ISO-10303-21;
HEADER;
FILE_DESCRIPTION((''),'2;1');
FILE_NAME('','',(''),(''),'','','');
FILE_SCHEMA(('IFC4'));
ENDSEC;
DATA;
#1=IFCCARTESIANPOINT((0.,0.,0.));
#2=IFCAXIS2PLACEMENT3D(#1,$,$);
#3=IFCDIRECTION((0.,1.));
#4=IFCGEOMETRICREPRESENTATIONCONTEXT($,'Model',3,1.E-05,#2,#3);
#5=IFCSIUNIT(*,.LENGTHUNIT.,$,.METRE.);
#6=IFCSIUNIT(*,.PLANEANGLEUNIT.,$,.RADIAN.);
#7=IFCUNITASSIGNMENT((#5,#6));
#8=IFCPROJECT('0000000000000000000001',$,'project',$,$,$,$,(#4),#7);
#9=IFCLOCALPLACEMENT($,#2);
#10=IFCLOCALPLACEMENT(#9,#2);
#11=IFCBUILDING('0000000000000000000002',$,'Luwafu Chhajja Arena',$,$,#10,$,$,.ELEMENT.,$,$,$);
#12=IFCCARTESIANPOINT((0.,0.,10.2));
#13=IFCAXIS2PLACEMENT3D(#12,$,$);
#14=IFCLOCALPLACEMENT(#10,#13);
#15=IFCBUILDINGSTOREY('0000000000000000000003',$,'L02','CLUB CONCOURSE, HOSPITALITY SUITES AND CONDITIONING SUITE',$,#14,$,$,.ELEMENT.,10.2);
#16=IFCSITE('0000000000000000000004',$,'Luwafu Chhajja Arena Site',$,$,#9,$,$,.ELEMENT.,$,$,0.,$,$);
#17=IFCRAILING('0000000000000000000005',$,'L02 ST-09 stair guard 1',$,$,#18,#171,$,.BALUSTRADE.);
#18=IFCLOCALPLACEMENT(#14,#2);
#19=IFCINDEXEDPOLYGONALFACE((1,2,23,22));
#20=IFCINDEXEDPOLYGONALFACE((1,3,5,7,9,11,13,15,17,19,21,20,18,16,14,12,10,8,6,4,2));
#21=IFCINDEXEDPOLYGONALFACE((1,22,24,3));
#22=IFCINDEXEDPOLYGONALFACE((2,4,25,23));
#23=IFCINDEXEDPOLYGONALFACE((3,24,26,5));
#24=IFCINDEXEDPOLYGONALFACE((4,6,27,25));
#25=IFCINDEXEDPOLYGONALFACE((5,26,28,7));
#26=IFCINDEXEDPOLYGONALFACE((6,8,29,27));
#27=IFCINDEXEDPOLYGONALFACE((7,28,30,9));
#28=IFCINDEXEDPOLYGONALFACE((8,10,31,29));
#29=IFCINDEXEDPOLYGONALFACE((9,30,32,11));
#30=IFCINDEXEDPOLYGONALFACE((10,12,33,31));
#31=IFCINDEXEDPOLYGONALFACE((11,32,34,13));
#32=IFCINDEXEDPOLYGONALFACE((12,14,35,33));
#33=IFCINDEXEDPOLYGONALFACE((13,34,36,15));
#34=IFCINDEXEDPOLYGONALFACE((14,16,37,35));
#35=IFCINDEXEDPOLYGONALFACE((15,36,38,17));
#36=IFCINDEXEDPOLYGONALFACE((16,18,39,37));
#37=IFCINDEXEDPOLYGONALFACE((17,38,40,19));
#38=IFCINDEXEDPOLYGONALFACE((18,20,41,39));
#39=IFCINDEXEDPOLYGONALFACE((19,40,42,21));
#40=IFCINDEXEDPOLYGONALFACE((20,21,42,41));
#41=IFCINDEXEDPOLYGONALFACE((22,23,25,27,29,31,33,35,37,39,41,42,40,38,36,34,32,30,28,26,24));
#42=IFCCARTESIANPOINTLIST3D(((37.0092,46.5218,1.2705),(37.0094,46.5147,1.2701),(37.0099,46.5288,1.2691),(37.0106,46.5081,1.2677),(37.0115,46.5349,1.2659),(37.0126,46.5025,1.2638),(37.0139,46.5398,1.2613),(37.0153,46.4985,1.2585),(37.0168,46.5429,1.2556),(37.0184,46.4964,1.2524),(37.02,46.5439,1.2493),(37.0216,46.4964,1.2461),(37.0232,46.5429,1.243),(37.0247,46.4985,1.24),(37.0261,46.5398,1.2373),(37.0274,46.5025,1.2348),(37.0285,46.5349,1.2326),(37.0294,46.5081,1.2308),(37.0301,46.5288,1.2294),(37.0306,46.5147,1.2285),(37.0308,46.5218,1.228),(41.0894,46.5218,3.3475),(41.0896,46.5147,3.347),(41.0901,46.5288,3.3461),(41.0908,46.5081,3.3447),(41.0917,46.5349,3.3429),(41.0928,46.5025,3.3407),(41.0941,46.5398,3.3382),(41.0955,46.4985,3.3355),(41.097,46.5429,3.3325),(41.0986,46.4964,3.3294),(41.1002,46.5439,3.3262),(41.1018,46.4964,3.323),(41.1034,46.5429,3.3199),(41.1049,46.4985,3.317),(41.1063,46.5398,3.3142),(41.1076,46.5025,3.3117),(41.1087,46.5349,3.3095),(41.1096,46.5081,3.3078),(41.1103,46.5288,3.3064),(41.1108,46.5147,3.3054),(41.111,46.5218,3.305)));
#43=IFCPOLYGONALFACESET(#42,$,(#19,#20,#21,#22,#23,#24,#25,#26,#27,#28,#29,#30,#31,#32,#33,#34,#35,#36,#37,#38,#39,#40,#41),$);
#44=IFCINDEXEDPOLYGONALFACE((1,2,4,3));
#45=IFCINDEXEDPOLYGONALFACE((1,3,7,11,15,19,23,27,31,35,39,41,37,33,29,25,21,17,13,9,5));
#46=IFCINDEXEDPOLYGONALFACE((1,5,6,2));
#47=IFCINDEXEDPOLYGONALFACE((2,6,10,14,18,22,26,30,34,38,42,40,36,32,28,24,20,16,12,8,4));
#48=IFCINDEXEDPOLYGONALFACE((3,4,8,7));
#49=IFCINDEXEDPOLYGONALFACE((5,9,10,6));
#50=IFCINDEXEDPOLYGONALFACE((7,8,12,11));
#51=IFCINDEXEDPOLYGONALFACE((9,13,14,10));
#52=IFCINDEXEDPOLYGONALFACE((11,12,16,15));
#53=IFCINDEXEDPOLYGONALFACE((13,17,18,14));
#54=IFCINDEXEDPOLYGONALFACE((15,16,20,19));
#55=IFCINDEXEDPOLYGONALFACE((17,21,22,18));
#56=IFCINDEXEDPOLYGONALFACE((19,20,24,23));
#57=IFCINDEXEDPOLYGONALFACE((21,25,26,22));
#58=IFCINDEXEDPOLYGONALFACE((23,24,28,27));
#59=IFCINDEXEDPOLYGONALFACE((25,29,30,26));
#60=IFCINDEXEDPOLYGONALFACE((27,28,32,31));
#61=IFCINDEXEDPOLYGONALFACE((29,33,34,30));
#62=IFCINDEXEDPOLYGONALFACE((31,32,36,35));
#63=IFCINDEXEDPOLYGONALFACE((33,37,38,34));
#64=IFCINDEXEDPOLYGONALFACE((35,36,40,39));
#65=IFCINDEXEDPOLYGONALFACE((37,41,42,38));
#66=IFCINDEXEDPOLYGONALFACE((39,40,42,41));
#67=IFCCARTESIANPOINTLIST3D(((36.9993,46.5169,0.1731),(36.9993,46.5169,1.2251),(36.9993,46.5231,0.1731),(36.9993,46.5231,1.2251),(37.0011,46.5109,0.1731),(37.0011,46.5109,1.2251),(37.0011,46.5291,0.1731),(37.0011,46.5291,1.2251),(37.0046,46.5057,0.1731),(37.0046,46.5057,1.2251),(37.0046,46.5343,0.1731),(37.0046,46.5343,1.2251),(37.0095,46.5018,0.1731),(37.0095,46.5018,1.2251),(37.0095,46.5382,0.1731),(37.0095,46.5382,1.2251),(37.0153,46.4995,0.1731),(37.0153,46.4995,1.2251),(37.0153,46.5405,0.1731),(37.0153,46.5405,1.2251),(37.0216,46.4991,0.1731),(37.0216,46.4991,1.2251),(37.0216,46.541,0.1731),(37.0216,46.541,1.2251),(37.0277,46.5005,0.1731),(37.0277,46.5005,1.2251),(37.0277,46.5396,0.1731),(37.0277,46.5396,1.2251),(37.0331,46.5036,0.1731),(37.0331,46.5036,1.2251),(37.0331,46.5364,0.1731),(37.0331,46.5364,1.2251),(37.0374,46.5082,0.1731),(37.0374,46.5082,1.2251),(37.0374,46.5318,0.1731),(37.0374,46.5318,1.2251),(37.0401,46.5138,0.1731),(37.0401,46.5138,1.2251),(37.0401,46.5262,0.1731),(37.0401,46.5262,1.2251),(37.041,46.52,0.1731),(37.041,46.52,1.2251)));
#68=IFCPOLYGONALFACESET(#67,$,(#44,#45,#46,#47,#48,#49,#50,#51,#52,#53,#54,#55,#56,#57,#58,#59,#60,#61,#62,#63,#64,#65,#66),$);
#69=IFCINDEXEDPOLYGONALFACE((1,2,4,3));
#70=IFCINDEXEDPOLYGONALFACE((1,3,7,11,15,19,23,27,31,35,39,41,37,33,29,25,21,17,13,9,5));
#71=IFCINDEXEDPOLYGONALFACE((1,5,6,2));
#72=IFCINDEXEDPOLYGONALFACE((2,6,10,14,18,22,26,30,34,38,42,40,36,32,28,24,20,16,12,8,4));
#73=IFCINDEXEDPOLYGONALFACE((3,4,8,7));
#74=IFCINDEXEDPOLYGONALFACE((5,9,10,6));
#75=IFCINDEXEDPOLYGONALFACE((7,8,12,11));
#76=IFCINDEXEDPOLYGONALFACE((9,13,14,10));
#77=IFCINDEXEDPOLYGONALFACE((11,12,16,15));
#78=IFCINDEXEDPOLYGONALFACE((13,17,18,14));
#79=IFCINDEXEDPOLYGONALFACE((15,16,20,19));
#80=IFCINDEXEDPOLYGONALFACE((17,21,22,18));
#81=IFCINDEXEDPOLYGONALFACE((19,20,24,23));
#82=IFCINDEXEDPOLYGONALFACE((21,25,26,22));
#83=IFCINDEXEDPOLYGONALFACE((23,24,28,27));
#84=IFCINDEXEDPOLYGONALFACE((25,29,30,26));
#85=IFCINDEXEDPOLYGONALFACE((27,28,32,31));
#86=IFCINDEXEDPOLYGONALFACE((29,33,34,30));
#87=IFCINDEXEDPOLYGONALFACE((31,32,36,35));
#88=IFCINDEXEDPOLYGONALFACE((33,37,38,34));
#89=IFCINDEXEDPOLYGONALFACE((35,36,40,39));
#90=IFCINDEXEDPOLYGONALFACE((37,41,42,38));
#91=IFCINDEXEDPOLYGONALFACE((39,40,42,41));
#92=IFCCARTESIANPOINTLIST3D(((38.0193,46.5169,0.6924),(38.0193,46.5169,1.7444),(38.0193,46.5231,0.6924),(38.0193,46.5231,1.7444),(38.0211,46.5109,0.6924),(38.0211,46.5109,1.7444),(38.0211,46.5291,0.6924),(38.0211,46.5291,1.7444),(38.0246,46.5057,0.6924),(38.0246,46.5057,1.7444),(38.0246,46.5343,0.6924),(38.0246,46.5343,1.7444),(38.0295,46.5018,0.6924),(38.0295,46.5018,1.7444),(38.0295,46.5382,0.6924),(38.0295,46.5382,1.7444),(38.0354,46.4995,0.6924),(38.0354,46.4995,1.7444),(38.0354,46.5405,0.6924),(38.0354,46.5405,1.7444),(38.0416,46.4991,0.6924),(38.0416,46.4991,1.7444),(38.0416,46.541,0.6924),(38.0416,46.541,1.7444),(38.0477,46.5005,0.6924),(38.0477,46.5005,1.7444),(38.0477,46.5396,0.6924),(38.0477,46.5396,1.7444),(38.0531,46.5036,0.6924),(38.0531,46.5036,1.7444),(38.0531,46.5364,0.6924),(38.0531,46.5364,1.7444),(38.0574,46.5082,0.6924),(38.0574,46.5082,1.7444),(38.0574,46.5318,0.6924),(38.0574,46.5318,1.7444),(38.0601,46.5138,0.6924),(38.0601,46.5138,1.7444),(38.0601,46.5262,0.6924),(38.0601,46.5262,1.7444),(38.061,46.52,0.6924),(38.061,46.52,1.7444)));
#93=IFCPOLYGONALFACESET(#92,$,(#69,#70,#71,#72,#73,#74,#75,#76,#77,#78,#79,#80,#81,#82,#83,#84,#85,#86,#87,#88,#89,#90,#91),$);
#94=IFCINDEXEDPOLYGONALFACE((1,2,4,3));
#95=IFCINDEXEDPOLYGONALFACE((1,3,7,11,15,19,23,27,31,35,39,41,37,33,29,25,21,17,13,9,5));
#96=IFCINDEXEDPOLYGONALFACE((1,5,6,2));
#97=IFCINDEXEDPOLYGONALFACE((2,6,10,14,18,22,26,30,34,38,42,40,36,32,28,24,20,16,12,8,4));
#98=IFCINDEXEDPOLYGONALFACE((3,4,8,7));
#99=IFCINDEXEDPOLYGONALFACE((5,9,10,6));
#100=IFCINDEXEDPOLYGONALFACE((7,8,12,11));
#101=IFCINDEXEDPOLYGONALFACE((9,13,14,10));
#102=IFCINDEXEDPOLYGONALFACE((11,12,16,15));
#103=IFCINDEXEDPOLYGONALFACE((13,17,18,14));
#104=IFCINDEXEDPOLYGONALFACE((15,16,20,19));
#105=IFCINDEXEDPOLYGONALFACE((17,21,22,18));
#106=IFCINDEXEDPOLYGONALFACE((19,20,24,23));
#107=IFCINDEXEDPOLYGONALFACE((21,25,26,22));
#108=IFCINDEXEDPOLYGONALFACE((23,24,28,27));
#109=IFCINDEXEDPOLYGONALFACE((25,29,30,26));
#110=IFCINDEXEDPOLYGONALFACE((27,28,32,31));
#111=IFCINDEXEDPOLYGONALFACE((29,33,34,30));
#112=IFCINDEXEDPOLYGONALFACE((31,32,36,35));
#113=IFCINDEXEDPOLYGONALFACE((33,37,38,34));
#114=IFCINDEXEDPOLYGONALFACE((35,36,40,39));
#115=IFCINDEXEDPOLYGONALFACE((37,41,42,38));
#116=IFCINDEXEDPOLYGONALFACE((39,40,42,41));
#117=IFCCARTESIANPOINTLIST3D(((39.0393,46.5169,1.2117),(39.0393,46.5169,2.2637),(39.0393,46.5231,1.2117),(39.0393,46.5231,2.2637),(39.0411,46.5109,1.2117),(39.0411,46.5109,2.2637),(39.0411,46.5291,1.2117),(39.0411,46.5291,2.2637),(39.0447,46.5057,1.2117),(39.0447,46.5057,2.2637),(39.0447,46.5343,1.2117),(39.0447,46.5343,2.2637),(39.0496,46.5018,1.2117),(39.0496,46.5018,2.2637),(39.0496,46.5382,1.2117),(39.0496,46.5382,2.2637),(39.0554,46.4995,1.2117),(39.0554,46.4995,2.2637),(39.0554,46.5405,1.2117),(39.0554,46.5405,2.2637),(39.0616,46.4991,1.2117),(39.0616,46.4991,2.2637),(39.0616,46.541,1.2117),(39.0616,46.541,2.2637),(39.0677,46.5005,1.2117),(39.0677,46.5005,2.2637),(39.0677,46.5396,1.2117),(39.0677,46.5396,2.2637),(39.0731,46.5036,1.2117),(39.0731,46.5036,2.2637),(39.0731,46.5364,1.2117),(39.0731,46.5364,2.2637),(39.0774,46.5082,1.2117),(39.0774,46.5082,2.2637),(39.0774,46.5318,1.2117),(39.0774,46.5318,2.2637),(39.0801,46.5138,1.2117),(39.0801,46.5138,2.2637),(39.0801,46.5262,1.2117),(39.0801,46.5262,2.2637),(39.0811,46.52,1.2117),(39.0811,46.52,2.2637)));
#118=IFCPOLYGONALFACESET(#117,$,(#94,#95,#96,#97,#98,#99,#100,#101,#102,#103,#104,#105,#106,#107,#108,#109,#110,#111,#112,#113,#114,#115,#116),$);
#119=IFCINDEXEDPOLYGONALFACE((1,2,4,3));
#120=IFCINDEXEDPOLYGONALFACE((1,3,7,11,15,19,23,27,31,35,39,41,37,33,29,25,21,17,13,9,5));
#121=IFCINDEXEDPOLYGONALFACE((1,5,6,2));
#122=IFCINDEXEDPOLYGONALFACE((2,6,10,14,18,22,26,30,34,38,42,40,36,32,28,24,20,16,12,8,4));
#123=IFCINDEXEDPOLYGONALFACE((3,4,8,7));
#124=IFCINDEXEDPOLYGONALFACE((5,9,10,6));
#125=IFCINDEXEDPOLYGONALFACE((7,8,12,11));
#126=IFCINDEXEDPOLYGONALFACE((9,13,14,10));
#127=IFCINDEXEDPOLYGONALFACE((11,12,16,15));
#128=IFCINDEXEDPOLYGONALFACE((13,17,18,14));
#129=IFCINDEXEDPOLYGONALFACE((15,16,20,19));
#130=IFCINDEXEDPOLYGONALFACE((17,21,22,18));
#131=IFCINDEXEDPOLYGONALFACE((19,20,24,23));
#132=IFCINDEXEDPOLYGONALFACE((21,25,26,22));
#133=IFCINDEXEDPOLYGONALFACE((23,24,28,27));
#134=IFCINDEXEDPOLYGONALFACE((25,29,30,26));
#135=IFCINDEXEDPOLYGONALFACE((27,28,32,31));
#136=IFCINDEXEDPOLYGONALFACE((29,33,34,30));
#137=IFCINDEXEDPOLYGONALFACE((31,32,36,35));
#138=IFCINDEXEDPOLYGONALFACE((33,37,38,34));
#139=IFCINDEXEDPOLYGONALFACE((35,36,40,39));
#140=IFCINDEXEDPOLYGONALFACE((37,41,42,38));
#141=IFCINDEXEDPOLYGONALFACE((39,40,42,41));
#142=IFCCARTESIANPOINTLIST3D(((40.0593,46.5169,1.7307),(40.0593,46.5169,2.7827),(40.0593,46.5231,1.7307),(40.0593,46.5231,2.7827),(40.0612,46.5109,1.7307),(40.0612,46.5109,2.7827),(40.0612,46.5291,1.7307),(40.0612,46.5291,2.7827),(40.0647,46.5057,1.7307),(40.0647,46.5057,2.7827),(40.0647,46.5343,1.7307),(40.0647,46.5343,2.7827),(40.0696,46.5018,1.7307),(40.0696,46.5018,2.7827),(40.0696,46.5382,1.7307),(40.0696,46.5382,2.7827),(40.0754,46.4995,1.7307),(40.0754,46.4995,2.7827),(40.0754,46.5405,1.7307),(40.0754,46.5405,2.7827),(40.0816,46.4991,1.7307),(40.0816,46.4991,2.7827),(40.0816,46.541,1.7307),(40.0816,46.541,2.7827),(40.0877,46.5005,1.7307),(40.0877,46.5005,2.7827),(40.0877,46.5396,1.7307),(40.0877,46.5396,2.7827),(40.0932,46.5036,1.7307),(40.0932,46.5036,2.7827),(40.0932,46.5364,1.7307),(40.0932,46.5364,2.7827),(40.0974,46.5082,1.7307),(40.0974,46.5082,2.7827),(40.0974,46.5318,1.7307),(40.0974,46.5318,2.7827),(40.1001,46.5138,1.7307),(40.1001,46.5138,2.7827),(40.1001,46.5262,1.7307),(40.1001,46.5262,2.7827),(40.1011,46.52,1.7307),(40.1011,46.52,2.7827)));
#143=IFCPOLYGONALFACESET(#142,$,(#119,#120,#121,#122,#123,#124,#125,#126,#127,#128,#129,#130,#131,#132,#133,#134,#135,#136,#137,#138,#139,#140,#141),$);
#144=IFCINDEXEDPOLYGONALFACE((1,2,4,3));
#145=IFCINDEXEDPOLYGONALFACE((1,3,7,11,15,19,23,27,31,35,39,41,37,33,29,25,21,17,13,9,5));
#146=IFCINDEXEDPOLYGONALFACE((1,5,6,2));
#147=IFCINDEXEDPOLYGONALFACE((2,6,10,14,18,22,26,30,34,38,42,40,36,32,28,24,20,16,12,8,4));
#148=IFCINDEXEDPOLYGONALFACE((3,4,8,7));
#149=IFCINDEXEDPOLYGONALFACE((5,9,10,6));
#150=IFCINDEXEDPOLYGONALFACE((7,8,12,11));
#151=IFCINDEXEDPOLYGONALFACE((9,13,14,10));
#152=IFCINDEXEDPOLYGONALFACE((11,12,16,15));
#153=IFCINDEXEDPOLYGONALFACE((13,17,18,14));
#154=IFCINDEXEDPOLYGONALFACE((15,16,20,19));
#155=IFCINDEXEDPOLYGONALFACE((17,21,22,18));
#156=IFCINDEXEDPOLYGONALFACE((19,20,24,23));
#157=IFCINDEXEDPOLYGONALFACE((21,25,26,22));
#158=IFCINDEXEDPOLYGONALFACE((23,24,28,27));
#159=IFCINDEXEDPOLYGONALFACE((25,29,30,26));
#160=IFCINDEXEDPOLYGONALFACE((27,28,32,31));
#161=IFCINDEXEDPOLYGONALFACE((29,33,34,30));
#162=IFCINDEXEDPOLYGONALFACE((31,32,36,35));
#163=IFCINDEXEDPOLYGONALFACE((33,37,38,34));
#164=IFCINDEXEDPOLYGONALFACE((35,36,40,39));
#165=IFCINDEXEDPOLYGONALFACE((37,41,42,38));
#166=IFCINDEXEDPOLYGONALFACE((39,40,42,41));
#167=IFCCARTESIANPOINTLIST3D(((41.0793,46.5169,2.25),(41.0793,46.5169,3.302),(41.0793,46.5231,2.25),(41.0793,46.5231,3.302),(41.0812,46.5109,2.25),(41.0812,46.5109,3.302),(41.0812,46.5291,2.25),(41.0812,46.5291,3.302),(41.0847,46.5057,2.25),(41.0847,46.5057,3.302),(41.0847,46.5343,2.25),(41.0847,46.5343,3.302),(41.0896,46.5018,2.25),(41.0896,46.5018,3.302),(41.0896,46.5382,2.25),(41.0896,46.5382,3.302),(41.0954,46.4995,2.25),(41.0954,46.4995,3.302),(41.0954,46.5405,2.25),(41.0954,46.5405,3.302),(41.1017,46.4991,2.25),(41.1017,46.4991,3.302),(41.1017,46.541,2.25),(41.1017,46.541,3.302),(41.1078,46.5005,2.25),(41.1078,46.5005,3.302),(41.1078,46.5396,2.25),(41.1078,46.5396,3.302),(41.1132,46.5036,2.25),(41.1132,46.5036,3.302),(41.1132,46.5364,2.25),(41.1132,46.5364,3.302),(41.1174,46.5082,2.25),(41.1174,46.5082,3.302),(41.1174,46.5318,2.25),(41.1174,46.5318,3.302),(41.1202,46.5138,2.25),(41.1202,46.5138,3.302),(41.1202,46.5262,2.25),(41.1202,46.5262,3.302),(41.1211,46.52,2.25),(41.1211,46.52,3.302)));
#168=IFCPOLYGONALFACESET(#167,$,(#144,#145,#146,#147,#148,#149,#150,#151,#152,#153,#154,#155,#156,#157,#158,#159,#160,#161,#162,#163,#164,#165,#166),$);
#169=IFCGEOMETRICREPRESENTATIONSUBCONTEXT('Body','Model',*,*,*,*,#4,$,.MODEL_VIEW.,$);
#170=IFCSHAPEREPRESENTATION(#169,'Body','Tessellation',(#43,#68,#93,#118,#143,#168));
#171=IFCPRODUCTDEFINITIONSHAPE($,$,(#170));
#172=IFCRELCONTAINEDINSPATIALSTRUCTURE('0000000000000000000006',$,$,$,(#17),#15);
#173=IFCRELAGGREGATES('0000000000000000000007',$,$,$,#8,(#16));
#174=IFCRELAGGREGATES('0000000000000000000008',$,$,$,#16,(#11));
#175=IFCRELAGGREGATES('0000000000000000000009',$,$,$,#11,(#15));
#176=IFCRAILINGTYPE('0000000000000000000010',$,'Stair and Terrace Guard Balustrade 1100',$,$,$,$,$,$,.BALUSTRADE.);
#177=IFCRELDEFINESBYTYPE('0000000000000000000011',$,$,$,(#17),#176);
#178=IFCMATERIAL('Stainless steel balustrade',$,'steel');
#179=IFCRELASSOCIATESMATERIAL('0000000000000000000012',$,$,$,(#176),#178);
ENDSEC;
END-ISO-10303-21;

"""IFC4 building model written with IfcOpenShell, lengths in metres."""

from ifc_helpers import new_model, si_unit, direction, frame, origin, origin_2d, place, context, subcontext, project, spatial, circle, extrude, material, type_object, element, save


model = new_model("IFC4")

# Units and contexts
model_context = context("Model", 3, precision=1e-05, world=origin(), true_north=direction((0.0, 1.0)))
body_context = subcontext(model_context, "Body", "Model", "MODEL_VIEW")
ifc_project = project(units=[si_unit("LENGTHUNIT", "METRE"), si_unit("PLANEANGLEUNIT", "RADIAN")], contexts=[model_context])

# Site, building, storey
site_placement = place(None, origin())
site = spatial("IfcSite", under=ifc_project, at=site_placement, Name="Luwafu Chhajja Arena Site", CompositionType="ELEMENT", RefElevation=0.0)
building_placement = place(site_placement, origin())
building = spatial("IfcBuilding", under=site, at=building_placement, Name="Luwafu Chhajja Arena", CompositionType="ELEMENT")
storey_placement = place(building_placement, frame((0.0, 0.0, 10.2)))
storey = spatial("IfcBuildingStorey", under=building, at=storey_placement, Name="L02", Description="CLUB CONCOURSE, HOSPITALITY SUITES AND CONDITIONING SUITE", CompositionType="ELEMENT", Elevation=10.2)

# Railing
ifc_material_1 = material(Name="Stainless steel balustrade", Category="steel")
railing_type_1 = type_object("IfcRailingType", Name="Stair and Terrace Guard Balustrade 1100", PredefinedType="BALUSTRADE", material=ifc_material_1)
railing_1_placement = place(storey_placement, frame((37.02, 46.52, 0.1731)))
element("IfcRailing", 1, at=railing_1_placement, inside=storey, type_object=railing_type_1, Name="L02 ST-09 stair guard 1", PredefinedType="BALUSTRADE", context=body_context, shape_type="SweptSolid", body=[
    extrude(circle(Radius=0.0239, at=origin_2d()), frame((0.0, 0.0, 1.0762), z_axis=(0.891183, 0.0, 0.453644), x_axis=(0.0, 1.0, 0.0)), (0.0, 0.0, 1.0), 4.5784),
    extrude(circle(Radius=0.021, at=origin_2d()), origin(), (0.0, 0.0, 1.0), 1.052),
    extrude(circle(Radius=0.021, at=origin_2d()), frame((1.02, 0.0, 0.5193)), (0.0, 0.0, 1.0), 1.052),
    extrude(circle(Radius=0.021, at=origin_2d()), frame((2.04, 0.0, 1.0386)), (0.0, 0.0, 1.0), 1.052),
    extrude(circle(Radius=0.021, at=origin_2d()), frame((3.0601, 0.0, 1.5576)), (0.0, 0.0, 1.0), 1.052),
    extrude(circle(Radius=0.021, at=origin_2d()), frame((4.0801, 0.0, 2.0769)), (0.0, 0.0, 1.0), 1.052),
])

save(model, "model.ifc")
